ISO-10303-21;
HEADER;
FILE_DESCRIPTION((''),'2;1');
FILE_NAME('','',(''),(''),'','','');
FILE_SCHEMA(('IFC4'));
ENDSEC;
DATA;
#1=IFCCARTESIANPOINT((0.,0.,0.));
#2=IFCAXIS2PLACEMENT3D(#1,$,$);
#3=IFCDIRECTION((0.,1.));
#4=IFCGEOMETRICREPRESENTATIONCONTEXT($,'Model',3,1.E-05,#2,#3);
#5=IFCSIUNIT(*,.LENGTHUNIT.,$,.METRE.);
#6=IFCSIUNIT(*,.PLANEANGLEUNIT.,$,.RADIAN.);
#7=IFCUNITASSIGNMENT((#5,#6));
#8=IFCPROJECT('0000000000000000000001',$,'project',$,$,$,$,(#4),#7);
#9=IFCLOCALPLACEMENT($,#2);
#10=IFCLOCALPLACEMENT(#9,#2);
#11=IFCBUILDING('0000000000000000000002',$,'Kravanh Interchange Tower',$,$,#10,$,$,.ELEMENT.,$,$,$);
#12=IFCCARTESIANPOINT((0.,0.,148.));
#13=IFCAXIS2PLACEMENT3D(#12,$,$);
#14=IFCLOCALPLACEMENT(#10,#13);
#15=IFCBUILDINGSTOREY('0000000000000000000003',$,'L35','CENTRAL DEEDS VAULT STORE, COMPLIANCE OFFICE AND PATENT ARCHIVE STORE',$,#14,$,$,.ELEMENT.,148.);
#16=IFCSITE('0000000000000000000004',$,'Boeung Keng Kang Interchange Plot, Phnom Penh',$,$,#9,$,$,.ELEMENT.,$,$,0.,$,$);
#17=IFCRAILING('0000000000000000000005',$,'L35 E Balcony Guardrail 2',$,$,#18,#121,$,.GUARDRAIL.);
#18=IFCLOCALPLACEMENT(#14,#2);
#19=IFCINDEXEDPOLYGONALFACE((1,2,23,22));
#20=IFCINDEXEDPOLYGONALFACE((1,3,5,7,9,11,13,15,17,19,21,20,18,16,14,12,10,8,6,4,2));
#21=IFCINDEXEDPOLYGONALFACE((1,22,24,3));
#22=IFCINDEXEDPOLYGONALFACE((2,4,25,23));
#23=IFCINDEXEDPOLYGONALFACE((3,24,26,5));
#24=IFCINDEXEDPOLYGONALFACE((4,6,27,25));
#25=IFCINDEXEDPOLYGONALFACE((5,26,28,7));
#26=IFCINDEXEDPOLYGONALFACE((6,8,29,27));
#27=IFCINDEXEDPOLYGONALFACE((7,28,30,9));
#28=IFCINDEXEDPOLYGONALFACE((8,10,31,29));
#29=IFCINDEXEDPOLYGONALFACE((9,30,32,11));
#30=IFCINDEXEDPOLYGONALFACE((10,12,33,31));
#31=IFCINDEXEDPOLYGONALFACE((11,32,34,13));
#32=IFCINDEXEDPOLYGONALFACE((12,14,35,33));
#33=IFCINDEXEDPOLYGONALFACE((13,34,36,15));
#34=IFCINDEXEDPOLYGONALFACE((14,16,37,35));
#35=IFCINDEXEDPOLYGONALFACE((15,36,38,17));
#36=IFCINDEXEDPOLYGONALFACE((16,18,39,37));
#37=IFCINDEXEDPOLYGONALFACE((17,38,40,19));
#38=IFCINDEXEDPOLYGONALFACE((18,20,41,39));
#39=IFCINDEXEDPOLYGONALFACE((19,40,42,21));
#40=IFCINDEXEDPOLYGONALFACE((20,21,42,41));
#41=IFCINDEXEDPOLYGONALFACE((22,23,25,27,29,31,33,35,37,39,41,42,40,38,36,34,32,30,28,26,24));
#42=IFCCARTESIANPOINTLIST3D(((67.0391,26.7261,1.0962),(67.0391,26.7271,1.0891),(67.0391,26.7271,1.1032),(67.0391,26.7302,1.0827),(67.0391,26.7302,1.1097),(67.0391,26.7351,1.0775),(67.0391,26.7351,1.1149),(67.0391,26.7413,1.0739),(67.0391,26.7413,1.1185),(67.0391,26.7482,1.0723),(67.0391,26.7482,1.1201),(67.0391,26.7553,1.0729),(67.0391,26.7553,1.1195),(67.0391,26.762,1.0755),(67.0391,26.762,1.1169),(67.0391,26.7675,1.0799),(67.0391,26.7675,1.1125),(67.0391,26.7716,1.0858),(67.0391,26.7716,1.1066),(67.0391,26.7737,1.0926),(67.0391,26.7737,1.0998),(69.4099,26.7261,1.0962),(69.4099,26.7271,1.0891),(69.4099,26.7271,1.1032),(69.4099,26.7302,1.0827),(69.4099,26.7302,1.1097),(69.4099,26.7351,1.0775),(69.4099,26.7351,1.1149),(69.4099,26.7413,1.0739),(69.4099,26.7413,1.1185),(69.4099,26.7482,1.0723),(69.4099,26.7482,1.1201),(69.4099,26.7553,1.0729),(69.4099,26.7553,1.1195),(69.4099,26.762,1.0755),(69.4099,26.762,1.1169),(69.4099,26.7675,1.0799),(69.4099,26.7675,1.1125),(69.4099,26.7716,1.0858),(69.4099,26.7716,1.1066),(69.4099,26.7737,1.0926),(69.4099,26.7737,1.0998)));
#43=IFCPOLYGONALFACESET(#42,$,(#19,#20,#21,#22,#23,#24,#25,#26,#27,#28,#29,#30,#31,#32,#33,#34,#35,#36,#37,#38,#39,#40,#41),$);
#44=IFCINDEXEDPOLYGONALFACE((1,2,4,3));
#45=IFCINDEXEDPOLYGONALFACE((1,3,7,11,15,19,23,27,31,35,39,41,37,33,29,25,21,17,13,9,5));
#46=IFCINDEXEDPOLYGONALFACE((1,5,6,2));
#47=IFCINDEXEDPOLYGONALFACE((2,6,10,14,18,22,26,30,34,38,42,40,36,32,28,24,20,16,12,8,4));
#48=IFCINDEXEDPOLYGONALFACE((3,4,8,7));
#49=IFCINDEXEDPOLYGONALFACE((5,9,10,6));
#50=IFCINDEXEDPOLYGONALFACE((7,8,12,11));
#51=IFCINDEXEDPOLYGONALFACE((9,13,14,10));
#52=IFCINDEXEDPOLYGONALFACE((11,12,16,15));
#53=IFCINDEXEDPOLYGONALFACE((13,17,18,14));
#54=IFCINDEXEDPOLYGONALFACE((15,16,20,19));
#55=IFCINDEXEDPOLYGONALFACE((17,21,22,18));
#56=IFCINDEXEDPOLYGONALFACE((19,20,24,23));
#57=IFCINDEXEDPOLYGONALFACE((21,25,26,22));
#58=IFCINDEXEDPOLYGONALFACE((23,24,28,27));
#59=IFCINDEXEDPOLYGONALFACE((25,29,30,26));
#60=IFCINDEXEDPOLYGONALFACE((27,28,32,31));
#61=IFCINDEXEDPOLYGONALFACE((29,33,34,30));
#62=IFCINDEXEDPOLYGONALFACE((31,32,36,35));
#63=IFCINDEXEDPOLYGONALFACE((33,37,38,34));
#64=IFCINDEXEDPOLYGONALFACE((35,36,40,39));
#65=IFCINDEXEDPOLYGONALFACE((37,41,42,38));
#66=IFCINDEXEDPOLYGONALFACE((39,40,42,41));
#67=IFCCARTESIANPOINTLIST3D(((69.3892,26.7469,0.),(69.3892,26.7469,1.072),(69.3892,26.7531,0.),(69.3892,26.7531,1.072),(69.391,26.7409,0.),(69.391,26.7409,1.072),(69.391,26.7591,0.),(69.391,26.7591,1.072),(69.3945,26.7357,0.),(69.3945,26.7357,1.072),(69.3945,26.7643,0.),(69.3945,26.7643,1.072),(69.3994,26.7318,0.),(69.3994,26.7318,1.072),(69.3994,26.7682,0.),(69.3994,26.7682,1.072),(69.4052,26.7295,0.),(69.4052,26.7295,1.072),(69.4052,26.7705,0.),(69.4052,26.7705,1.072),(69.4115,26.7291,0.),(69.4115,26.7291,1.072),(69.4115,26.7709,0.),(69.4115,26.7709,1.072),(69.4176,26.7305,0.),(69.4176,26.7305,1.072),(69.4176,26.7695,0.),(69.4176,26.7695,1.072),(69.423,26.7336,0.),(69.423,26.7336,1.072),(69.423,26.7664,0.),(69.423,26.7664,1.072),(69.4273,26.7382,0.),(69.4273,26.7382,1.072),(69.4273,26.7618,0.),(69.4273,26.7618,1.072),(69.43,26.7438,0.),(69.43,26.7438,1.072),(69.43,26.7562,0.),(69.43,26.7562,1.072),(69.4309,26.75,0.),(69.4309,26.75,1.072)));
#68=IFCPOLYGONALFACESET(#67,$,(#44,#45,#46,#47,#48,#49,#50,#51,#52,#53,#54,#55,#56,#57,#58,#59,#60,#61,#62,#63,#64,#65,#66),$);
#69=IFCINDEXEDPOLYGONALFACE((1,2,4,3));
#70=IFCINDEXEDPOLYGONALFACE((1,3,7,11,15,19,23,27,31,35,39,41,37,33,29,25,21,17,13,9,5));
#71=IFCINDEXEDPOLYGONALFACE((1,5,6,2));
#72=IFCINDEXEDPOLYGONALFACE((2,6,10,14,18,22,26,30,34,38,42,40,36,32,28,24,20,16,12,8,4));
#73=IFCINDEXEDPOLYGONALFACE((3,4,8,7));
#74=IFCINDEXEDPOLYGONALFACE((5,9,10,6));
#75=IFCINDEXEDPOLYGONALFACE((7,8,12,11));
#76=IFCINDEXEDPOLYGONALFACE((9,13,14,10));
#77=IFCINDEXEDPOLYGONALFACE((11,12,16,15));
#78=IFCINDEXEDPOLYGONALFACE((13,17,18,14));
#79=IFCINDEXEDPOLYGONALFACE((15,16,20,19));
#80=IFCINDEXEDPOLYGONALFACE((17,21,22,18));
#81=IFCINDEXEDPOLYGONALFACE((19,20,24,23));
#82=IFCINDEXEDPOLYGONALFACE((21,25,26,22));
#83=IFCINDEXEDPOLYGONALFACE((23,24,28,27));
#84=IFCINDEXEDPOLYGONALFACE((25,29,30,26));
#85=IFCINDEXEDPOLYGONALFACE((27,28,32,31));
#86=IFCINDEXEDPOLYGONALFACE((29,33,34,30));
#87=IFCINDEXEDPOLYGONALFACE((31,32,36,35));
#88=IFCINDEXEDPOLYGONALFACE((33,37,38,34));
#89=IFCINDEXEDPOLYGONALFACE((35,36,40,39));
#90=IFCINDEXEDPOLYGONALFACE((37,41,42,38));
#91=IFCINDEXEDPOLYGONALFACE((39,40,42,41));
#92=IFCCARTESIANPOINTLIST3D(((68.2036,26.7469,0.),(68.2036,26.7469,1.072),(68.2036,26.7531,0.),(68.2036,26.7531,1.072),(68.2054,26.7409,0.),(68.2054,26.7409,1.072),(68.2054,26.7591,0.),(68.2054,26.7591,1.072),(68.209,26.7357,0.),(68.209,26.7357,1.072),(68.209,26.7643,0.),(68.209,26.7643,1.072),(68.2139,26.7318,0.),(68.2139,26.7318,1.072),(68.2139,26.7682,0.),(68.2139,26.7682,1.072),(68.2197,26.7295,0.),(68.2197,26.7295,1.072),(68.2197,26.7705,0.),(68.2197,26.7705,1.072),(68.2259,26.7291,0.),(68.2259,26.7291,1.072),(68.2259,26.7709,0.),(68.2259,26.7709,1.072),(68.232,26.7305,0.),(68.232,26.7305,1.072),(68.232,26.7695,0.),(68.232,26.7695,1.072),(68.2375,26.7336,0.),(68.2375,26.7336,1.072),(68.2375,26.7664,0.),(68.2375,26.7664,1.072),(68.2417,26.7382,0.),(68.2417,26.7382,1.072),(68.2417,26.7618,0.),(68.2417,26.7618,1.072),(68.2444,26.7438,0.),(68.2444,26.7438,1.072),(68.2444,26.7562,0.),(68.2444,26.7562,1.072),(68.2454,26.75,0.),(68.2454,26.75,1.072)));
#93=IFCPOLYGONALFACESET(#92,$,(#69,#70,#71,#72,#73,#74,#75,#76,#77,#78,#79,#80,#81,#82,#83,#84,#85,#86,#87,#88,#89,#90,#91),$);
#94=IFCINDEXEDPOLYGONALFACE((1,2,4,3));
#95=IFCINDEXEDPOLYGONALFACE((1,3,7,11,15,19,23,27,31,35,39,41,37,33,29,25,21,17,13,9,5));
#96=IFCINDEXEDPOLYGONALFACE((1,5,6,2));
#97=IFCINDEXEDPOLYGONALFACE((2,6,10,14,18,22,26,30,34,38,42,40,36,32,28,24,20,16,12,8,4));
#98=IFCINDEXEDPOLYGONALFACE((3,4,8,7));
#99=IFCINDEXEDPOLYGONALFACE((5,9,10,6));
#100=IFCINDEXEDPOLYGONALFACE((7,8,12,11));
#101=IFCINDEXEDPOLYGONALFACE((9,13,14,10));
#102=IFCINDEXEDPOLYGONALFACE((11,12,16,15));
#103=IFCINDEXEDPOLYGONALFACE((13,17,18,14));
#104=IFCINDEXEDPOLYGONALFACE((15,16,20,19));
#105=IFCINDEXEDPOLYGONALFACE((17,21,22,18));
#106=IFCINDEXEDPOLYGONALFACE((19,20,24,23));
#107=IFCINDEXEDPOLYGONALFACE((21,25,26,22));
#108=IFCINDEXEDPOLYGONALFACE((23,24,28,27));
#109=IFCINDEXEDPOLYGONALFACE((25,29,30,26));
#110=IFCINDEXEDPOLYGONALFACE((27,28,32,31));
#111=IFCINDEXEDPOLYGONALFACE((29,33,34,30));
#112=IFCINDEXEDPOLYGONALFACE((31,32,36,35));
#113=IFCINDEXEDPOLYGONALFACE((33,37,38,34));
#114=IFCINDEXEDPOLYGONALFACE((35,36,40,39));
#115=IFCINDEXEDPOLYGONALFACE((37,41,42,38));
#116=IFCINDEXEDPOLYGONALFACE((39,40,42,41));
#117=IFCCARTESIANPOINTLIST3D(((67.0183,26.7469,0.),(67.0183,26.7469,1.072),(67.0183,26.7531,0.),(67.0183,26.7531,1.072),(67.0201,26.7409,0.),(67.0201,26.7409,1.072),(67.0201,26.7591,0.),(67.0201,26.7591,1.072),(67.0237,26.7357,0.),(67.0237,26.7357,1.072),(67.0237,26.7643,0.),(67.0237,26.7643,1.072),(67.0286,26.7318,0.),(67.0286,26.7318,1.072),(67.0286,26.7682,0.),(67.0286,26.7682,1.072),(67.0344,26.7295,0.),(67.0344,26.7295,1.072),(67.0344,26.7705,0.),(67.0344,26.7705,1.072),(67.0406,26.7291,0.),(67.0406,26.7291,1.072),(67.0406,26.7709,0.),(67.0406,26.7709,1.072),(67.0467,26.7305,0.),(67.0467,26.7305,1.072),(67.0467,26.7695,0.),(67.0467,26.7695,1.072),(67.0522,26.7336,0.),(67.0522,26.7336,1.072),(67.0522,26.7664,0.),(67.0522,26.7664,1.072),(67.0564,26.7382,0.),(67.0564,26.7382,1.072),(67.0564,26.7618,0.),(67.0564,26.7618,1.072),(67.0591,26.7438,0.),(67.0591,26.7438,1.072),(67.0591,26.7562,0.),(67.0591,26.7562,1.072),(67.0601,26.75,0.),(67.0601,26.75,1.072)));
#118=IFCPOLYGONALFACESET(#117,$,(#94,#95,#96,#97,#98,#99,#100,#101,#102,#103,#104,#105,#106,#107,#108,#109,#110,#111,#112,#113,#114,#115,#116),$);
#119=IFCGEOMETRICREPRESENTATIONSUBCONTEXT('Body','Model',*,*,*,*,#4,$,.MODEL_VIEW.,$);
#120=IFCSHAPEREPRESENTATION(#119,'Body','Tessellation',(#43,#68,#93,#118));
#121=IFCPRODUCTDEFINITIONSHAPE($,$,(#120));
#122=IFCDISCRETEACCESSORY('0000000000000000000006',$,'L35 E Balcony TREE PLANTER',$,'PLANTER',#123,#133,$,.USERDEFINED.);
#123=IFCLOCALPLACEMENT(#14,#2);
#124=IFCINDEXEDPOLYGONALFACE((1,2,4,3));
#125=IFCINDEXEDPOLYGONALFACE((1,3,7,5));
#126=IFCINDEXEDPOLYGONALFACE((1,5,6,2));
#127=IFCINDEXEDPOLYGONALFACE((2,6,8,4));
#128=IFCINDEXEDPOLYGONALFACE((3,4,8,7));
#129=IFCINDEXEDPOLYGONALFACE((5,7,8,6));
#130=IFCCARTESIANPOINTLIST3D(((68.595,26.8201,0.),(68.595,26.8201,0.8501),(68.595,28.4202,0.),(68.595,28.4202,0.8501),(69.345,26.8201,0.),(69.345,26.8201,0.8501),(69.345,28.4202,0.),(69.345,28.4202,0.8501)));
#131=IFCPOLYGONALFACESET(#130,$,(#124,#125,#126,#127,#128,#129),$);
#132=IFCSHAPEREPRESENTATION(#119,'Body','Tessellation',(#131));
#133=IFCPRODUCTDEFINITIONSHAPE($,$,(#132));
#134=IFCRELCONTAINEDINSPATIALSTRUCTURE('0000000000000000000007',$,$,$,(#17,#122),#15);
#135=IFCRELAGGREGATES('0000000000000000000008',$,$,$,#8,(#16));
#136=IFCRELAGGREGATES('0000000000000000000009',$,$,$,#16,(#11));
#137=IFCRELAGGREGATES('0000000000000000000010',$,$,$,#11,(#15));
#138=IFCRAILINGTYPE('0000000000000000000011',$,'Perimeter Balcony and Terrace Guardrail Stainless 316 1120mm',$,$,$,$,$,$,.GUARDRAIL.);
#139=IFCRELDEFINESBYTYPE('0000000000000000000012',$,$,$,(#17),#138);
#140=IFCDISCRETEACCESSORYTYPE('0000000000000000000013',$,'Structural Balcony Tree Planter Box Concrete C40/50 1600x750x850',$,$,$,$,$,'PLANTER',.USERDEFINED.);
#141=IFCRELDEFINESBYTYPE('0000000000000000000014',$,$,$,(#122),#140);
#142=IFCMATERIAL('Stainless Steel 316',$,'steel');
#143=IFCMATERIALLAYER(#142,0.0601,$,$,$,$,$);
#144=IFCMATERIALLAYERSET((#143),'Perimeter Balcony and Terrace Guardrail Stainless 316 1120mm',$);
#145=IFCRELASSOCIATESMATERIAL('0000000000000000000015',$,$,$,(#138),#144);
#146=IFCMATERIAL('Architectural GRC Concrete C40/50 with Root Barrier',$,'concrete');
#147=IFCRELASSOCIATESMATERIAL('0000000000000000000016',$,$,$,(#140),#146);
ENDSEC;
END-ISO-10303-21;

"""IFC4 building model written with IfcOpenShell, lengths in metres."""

from ifc_helpers import new_model, si_unit, direction, frame, origin, origin_2d, place, context, subcontext, project, spatial, rectangle, circle, extrude, material, layer, layer_set, type_object, element, save


model = new_model("IFC4")

# Units and contexts
model_context = context("Model", 3, precision=1e-05, world=origin(), true_north=direction((0.0, 1.0)))
body_context = subcontext(model_context, "Body", "Model", "MODEL_VIEW")
ifc_project = project(units=[si_unit("LENGTHUNIT", "METRE"), si_unit("PLANEANGLEUNIT", "RADIAN")], contexts=[model_context])

# Site, building, storey
site_placement = place(None, origin())
site = spatial("IfcSite", under=ifc_project, at=site_placement, Name="Boeung Keng Kang Interchange Plot, Phnom Penh", CompositionType="ELEMENT", RefElevation=0.0)
building_placement = place(site_placement, origin())
building = spatial("IfcBuilding", under=site, at=building_placement, Name="Kravanh Interchange Tower", CompositionType="ELEMENT")
storey_placement = place(building_placement, frame((0.0, 0.0, 148.0)))
storey = spatial("IfcBuildingStorey", under=building, at=storey_placement, Name="L35", Description="CENTRAL DEEDS VAULT STORE, COMPLIANCE OFFICE AND PATENT ARCHIVE STORE", CompositionType="ELEMENT", Elevation=148.0)

# Railing
ifc_material_1 = material(Name="Stainless Steel 316", Category="steel")
ifc_layer = layer(ifc_material_1, 0.0601)
ifc_layer_set = layer_set([ifc_layer], Name="Perimeter Balcony and Terrace Guardrail Stainless 316 1120mm")
railing_type = type_object("IfcRailingType", Name="Perimeter Balcony and Terrace Guardrail Stainless 316 1120mm", PredefinedType="GUARDRAIL", material=ifc_layer_set)
railing_placement = place(storey_placement, frame((69.4099, 26.75, 0.0)))
element("IfcRailing", 1, at=railing_placement, inside=storey, type_object=railing_type, Name="L35 E Balcony Guardrail 2", PredefinedType="GUARDRAIL", context=body_context, shape_type="SweptSolid", body=[
    extrude(circle(Radius=0.0239, at=origin_2d()), frame((0.0, 0.0, 1.0962), z_axis=(-1.0, 0.0, 0.0), x_axis=(0.0, -1.0, 0.0)), (0.0, 0.0, 1.0), 2.3708),
    extrude(circle(Radius=0.021, at=origin_2d()), origin(), (0.0, 0.0, 1.0), 1.072),
    extrude(circle(Radius=0.021, at=origin_2d()), frame((-1.1855, 0.0, 0.0)), (0.0, 0.0, 1.0), 1.072),
    extrude(circle(Radius=0.021, at=origin_2d()), frame((-2.3708, 0.0, 0.0)), (0.0, 0.0, 1.0), 1.072),
])

# Discrete accessory
ifc_material_2 = material(Name="Architectural GRC Concrete C40/50 with Root Barrier", Category="concrete")
discrete_accessory_type = type_object("IfcDiscreteAccessoryType", Name="Structural Balcony Tree Planter Box Concrete C40/50 1600x750x850", ElementType="PLANTER", PredefinedType="USERDEFINED", material=ifc_material_2)
discrete_accessory_placement = place(storey_placement, frame((68.97, 27.6201, 0.0), z_axis=(0.0, 0.0, 1.0), x_axis=(1.0, 0.0, 0.0)))
element("IfcDiscreteAccessory", 2, at=discrete_accessory_placement, inside=storey, type_object=discrete_accessory_type, Name="L35 E Balcony TREE PLANTER", ObjectType="PLANTER", PredefinedType="USERDEFINED", context=body_context, shape_type="SweptSolid", body=[
    extrude(rectangle(XDim=0.75, YDim=1.6001, at=origin_2d()), origin(), (0.0, 0.0, 1.0), 0.8501),
])

save(model, "model.ifc")
